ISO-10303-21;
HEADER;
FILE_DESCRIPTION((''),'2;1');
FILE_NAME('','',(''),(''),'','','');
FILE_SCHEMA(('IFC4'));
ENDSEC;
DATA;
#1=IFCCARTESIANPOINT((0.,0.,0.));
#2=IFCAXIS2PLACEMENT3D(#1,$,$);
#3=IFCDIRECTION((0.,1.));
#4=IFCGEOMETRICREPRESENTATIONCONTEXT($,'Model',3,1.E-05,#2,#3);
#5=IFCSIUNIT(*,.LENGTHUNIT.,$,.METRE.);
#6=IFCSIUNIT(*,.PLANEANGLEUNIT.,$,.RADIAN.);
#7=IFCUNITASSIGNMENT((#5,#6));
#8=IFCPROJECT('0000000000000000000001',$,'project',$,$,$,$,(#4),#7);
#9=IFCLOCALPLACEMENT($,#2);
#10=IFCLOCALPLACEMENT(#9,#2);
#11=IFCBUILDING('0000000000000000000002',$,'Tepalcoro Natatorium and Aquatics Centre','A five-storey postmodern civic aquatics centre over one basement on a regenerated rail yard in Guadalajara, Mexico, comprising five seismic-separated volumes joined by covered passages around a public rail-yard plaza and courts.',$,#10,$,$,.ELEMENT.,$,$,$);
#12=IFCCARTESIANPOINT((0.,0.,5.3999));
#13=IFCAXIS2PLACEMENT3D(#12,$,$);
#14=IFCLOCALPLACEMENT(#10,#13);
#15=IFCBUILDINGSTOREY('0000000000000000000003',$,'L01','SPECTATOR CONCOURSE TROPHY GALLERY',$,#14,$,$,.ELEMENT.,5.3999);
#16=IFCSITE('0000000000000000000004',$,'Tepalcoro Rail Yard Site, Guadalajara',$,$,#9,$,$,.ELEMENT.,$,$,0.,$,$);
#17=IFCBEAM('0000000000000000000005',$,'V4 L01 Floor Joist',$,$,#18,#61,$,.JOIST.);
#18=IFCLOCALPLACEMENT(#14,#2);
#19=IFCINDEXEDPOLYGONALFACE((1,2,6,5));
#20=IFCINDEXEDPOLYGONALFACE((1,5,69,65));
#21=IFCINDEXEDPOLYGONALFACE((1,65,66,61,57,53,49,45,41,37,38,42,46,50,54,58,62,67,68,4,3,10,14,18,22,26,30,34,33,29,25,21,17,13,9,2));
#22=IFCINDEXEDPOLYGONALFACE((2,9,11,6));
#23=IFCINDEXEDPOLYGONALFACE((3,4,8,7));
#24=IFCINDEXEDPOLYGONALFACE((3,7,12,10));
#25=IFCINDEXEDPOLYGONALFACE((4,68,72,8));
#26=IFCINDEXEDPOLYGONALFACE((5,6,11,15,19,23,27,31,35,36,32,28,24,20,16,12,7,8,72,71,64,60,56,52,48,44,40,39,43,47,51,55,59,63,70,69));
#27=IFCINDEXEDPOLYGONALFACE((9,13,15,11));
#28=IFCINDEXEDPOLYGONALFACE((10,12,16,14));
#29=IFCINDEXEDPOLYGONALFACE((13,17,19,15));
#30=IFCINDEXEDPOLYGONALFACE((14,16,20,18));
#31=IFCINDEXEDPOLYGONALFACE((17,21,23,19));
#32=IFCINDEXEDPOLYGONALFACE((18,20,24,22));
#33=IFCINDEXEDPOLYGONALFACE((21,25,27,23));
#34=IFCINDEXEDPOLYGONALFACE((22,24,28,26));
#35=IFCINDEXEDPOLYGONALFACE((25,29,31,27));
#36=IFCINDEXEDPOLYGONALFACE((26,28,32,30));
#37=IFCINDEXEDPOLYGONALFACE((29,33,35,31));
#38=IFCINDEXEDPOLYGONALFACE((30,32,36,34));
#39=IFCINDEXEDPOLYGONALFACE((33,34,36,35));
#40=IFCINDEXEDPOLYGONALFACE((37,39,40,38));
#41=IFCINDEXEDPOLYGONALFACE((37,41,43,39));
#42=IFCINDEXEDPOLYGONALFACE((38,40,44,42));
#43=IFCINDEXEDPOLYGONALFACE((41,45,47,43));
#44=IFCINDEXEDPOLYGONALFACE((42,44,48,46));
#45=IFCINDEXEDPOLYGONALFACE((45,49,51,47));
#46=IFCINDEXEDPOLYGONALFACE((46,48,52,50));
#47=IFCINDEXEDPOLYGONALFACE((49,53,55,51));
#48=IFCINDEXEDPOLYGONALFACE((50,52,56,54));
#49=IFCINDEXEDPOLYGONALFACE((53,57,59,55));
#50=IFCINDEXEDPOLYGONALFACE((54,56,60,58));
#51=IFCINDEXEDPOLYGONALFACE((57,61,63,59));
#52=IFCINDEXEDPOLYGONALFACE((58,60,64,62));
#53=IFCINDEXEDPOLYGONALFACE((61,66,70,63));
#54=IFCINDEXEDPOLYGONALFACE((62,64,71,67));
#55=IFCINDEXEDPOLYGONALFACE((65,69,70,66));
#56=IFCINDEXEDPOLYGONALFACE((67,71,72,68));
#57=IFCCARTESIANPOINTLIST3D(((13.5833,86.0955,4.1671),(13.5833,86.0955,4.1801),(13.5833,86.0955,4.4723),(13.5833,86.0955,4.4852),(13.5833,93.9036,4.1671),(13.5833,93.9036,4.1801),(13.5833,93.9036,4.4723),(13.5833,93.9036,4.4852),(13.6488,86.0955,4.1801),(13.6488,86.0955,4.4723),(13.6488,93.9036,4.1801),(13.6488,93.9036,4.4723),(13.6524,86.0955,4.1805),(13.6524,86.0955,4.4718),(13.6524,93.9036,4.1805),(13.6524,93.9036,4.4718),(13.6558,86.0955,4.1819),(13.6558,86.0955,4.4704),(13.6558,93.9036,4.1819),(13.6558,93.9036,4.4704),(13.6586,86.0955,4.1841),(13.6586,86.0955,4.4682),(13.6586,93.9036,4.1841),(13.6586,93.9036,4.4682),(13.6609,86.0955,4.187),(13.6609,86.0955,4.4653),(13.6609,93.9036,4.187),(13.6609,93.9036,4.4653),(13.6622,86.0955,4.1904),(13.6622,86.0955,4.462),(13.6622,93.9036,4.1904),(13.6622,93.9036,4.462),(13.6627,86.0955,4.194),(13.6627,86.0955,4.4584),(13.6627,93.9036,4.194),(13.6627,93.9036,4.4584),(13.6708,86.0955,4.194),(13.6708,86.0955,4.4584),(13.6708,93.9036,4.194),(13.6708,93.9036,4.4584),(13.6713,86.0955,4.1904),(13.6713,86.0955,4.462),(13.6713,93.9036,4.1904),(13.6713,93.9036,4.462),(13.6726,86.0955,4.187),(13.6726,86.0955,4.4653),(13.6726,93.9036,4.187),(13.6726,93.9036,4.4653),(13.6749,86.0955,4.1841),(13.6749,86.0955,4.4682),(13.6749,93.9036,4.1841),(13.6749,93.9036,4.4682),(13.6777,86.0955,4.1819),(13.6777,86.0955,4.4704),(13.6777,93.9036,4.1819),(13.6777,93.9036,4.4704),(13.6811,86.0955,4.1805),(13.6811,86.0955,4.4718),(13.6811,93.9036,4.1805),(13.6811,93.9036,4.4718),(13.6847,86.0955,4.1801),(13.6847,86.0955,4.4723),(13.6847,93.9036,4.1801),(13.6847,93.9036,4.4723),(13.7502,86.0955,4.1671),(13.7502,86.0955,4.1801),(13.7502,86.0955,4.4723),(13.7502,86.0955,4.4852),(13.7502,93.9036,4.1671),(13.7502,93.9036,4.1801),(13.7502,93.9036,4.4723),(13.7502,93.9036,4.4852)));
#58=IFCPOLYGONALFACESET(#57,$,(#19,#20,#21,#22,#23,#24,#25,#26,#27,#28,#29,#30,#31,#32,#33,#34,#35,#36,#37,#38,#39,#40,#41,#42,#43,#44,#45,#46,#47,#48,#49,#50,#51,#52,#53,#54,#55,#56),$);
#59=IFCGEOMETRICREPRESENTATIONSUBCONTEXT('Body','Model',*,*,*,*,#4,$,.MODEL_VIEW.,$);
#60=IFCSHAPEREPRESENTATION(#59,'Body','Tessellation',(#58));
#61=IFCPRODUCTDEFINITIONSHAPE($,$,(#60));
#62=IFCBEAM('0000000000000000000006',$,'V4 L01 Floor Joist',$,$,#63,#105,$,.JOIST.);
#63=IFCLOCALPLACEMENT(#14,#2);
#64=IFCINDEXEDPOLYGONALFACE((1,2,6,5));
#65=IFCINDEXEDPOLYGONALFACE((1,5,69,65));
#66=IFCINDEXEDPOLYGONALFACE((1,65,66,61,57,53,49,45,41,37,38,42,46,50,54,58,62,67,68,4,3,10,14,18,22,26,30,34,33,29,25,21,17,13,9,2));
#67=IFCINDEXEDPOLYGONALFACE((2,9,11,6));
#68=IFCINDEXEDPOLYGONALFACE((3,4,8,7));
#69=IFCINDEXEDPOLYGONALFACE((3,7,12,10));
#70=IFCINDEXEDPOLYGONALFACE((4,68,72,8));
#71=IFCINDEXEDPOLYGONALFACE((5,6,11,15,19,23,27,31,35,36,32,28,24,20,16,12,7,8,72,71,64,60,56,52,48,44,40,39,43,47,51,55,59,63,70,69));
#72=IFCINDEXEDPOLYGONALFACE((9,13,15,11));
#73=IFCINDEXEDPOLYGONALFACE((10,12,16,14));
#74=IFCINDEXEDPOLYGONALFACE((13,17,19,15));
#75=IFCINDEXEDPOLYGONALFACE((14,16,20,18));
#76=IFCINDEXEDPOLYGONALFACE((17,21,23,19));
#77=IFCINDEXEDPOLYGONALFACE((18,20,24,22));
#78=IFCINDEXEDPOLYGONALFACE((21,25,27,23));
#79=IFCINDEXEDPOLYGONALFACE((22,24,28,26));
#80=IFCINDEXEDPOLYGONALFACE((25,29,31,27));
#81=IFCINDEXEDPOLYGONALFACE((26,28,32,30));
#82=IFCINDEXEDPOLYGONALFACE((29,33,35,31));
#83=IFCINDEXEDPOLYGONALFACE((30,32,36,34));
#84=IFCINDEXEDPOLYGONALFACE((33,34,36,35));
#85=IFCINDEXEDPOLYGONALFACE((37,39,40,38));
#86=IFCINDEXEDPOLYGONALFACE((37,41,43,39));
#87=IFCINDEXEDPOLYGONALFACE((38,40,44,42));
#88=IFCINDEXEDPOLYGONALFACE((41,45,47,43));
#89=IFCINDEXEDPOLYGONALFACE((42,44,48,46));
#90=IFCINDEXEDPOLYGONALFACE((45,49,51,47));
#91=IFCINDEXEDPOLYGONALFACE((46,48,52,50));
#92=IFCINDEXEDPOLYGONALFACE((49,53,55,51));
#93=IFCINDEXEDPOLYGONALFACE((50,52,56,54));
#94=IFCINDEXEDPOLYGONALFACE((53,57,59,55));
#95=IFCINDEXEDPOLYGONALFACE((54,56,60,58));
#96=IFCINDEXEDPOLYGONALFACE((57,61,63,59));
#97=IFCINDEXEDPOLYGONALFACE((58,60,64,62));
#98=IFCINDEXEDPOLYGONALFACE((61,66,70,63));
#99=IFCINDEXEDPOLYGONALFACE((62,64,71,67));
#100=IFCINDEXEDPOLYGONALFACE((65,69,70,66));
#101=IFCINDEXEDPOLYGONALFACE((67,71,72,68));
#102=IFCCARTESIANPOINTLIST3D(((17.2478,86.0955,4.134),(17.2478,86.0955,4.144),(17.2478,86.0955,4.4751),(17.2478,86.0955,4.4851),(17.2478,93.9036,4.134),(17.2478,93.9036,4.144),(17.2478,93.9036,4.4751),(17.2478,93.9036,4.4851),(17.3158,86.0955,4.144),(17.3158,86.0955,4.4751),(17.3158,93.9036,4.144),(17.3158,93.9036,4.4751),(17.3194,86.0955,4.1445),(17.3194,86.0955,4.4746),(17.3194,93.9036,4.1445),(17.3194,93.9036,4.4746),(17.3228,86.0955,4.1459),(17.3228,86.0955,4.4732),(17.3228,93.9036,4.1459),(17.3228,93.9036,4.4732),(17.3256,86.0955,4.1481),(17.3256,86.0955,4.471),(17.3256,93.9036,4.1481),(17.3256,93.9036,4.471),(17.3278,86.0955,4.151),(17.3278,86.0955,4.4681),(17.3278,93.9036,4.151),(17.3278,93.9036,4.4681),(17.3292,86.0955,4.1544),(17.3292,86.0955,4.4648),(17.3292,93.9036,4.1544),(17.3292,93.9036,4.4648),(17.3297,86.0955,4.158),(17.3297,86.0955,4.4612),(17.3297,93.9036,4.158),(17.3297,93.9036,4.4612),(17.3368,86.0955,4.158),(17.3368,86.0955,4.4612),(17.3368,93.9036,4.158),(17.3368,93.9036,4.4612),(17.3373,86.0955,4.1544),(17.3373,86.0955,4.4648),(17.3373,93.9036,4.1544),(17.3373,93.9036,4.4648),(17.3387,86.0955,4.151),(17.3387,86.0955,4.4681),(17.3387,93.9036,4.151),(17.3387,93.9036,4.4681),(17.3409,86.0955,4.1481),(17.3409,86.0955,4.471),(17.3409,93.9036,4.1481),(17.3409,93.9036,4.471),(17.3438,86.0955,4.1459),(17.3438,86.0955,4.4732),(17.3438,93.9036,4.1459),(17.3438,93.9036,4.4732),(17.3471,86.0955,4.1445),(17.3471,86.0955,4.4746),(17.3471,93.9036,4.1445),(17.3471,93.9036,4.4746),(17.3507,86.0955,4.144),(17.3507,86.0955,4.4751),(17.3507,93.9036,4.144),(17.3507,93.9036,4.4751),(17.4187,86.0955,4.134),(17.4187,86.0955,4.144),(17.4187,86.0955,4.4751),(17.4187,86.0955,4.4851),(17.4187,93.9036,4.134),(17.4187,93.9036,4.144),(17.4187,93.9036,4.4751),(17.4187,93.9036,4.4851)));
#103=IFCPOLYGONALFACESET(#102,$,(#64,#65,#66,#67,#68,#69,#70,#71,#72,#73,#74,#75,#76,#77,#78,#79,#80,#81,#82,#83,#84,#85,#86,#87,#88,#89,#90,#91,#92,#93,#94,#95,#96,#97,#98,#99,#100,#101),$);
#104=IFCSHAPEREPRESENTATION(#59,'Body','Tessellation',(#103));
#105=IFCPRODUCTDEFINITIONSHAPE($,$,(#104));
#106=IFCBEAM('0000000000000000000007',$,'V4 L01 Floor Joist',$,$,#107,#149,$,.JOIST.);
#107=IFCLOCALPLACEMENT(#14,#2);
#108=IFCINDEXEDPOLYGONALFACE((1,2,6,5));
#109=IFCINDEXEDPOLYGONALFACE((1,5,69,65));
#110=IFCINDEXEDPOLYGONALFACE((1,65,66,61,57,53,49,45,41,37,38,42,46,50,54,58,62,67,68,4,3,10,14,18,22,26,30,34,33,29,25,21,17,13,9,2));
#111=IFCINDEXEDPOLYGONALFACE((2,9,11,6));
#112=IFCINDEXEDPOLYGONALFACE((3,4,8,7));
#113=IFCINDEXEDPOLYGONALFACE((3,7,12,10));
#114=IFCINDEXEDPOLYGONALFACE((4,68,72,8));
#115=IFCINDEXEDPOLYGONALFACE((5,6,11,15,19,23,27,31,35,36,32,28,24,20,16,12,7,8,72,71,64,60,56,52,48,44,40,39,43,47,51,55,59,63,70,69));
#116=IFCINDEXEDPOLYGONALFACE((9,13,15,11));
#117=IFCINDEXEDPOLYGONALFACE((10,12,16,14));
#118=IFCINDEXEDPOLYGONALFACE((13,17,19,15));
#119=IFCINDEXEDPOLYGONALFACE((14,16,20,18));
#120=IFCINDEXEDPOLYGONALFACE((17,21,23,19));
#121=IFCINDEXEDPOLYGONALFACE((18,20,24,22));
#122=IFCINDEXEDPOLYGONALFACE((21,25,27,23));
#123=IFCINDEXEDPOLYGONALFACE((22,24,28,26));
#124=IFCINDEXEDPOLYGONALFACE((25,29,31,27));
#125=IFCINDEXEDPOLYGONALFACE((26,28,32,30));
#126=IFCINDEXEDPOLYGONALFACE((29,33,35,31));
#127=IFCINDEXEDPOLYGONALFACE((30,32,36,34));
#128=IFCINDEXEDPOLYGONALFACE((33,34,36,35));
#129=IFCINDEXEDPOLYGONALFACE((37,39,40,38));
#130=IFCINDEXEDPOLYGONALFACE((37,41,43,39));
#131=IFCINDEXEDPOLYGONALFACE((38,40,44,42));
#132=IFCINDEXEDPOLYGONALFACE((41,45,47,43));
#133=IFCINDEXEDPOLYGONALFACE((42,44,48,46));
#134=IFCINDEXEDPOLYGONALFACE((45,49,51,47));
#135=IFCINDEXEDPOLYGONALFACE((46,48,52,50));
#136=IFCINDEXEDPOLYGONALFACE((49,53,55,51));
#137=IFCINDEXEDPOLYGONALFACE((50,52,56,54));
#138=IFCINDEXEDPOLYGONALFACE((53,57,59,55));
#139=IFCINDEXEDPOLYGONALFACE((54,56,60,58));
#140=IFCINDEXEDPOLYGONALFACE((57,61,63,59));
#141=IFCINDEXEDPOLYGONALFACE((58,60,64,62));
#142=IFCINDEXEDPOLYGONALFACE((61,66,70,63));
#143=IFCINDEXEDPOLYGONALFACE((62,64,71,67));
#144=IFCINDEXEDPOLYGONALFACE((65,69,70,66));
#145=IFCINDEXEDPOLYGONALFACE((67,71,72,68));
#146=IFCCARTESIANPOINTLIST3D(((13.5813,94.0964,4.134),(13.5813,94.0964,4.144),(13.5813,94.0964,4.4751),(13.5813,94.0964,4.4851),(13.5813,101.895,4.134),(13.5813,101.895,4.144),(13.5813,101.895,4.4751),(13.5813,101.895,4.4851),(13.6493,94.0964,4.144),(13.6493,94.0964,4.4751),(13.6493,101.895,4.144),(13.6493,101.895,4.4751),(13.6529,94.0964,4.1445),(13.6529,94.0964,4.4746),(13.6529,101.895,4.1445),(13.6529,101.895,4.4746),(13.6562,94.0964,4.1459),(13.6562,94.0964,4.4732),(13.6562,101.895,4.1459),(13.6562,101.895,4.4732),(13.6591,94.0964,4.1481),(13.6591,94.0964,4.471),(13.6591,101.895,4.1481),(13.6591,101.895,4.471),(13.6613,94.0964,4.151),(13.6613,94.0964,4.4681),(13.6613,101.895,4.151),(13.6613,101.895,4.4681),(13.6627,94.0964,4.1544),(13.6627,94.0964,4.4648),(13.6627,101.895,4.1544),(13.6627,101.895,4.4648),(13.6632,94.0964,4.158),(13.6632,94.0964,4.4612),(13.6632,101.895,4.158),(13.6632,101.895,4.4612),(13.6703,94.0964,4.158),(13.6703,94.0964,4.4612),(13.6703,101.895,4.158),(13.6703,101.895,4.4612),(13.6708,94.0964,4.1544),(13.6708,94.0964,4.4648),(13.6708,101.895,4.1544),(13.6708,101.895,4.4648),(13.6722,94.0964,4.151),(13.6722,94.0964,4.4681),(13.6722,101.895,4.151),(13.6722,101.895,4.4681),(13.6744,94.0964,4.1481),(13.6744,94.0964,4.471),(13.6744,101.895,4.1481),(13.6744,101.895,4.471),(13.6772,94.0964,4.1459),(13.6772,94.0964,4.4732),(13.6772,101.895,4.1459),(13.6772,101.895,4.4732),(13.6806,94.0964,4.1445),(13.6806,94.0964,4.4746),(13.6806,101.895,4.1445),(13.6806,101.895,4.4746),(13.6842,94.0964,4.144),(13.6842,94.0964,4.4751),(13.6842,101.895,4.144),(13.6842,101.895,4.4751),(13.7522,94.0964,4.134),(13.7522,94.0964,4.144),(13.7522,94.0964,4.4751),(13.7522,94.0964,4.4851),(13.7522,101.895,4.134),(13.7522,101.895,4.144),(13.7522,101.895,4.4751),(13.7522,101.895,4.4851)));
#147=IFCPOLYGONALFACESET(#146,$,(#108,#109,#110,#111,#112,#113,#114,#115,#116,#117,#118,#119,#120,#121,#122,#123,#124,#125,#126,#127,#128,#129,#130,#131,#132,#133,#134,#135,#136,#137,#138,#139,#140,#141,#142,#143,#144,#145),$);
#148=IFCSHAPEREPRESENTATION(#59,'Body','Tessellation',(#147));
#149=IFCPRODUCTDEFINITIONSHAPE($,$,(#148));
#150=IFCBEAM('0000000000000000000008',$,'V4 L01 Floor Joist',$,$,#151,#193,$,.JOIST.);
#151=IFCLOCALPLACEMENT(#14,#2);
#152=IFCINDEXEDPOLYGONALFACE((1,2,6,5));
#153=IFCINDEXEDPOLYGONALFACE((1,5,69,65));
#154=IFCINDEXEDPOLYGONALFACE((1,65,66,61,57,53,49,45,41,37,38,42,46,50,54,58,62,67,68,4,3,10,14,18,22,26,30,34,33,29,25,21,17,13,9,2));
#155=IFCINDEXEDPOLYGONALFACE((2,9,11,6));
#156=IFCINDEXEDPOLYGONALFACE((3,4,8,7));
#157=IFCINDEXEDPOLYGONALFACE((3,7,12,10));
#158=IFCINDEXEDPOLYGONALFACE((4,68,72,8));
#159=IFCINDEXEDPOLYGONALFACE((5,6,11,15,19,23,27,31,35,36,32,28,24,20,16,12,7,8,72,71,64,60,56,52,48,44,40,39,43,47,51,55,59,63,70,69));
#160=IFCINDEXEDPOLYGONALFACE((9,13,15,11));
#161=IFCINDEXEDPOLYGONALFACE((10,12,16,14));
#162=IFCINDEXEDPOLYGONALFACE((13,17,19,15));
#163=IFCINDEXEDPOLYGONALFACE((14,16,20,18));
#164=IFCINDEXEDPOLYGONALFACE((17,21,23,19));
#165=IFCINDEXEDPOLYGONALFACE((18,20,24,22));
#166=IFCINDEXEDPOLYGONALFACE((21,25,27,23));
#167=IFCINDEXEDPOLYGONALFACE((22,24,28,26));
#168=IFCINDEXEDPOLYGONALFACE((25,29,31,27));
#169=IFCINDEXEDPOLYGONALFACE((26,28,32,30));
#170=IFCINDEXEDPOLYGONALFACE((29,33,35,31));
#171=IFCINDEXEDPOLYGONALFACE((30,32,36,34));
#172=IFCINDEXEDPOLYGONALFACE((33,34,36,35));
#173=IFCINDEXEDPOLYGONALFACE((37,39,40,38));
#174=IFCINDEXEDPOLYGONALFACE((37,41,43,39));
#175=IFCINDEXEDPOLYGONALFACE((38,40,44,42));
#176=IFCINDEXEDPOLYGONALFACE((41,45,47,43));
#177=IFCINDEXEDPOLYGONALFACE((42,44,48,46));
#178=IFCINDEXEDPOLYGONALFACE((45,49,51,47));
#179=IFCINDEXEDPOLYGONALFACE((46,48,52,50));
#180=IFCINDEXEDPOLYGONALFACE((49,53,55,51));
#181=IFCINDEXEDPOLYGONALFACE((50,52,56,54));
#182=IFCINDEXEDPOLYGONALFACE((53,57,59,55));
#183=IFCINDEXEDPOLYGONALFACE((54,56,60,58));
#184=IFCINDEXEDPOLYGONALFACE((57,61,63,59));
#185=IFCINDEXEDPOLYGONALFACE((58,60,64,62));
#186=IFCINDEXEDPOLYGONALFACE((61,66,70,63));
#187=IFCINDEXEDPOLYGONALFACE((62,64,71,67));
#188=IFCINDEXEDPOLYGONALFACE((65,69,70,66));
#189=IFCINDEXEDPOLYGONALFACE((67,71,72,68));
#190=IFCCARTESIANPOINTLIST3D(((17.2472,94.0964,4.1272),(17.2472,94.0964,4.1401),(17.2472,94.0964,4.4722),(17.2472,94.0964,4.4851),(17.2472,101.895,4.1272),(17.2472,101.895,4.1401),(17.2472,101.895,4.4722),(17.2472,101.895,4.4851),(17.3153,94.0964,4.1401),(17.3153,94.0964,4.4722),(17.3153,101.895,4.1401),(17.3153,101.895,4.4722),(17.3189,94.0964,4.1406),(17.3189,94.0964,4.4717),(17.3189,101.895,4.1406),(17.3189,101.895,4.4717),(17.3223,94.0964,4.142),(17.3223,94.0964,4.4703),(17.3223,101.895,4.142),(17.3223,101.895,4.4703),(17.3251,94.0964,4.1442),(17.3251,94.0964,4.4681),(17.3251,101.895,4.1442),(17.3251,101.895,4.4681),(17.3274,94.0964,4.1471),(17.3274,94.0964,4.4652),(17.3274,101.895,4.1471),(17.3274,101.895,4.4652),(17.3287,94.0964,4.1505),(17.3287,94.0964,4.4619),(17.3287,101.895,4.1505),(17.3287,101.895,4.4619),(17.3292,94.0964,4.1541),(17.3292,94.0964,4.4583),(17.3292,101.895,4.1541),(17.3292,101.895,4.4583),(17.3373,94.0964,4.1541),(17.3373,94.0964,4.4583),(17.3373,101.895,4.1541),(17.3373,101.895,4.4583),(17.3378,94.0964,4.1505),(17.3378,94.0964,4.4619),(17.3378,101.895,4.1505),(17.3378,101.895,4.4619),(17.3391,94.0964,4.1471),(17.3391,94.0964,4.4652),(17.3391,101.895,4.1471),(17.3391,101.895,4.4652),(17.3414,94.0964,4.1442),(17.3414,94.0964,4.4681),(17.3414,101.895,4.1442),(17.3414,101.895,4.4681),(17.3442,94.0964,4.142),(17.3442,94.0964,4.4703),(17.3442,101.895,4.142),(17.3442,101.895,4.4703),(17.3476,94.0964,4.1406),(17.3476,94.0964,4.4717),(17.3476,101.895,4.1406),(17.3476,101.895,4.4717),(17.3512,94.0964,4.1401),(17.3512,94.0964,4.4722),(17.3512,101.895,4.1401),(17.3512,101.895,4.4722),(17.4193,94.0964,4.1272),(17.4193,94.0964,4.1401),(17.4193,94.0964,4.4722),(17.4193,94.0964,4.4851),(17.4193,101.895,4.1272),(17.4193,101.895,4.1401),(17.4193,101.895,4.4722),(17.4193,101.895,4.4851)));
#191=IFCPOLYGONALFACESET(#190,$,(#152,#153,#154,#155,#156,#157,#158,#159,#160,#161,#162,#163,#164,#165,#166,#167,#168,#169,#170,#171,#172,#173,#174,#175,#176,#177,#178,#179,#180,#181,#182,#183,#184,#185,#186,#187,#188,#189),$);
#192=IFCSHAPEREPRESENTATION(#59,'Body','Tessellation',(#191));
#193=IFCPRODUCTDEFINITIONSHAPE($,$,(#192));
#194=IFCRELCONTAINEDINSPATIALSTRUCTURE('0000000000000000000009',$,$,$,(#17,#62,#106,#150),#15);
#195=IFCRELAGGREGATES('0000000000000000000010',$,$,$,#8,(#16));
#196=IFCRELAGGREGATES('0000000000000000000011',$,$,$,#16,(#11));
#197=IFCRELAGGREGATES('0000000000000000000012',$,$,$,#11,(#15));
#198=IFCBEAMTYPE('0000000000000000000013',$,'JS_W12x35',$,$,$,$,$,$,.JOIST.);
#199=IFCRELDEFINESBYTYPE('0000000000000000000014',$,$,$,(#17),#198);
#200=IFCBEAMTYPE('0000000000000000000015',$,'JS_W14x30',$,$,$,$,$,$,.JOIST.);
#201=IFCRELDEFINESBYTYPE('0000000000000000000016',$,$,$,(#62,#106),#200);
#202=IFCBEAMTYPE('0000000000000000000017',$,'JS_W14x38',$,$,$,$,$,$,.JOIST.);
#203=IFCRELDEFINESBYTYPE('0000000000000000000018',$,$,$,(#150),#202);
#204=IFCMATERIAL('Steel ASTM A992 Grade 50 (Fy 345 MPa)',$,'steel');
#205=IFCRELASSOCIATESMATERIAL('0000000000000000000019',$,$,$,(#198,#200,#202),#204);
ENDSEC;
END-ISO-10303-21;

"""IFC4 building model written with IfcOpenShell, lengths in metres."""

from ifc_helpers import new_model, si_unit, direction, frame, origin, origin_2d, place, context, subcontext, project, spatial, i_section, extrude, material, material_profile, profile_set, type_object, element, save


model = new_model("IFC4")

# Units and contexts
model_context = context("Model", 3, precision=1e-05, world=origin(), true_north=direction((0.0, 1.0)))
body_context = subcontext(model_context, "Body", "Model", "MODEL_VIEW")
ifc_project = project(units=[si_unit("LENGTHUNIT", "METRE"), si_unit("PLANEANGLEUNIT", "RADIAN")], contexts=[model_context])

# Site, building, storey
site_placement = place(None, origin())
site = spatial("IfcSite", under=ifc_project, at=site_placement, Name="Tepalcoro Rail Yard Site, Guadalajara", CompositionType="ELEMENT", RefElevation=0.0)
building_placement = place(site_placement, origin())
building = spatial("IfcBuilding", under=site, at=building_placement, Name="Tepalcoro Natatorium and Aquatics Centre", Description="A five-storey postmodern civic aquatics centre over one basement on a regenerated rail yard in Guadalajara, Mexico, comprising five seismic-separated volumes joined by covered passages around a public rail-yard plaza and courts.", CompositionType="ELEMENT")
storey_placement = place(building_placement, frame((0.0, 0.0, 5.3999)))
storey = spatial("IfcBuildingStorey", under=building, at=storey_placement, Name="L01", Description="SPECTATOR CONCOURSE TROPHY GALLERY", CompositionType="ELEMENT", Elevation=5.3999)

# Beams
ifc_material_1 = material(Name="Steel ASTM A992 Grade 50 (Fy 345 MPa)", Category="steel")
ifc_material_profile_1 = material_profile(ifc_material_1, i_section(OverallWidth=0.167, OverallDepth=0.3181, WebThickness=0.0081, FlangeThickness=0.0129, FilletRadius=0.0139, at=origin_2d()), Name="W12X35")
ifc_profile_set_1 = profile_set([ifc_material_profile_1], Name="Steel ASTM A992 Grade 50 (Fy 345 MPa)")
beam_type_1 = type_object("IfcBeamType", Name="JS_W12x35", PredefinedType="JOIST", material=ifc_profile_set_1)
beam_1_placement = place(storey_placement, frame((13.6667, 86.0955, 4.3262), z_axis=(0.0, 1.0, 0.0), x_axis=(-1.0, 0.0, 0.0)))
element("IfcBeam", 1, at=beam_1_placement, inside=storey, type_object=beam_type_1, Name="V4 L01 Floor Joist", PredefinedType="JOIST", context=body_context, shape_type="SweptSolid", body=[
    extrude(i_section(OverallWidth=0.167, OverallDepth=0.3181, WebThickness=0.0081, FlangeThickness=0.0129, FilletRadius=0.0139, at=origin_2d()), origin(), (0.0, 0.0, 1.0), 7.8081),
])
ifc_material_profile_2 = material_profile(ifc_material_1, i_section(OverallWidth=0.1709, OverallDepth=0.3511, WebThickness=0.0071, FlangeThickness=0.01, FilletRadius=0.0139, at=origin_2d()), Name="W14X30")
ifc_profile_set_2 = profile_set([ifc_material_profile_2], Name="Steel ASTM A992 Grade 50 (Fy 345 MPa)")
beam_type_2 = type_object("IfcBeamType", Name="JS_W14x30", PredefinedType="JOIST", material=ifc_profile_set_2)
beam_2_placement = place(storey_placement, frame((17.3333, 86.0955, 4.3096), z_axis=(0.0, 1.0, 0.0), x_axis=(-1.0, 0.0, 0.0)))
element("IfcBeam", 2, at=beam_2_placement, inside=storey, type_object=beam_type_2, Name="V4 L01 Floor Joist", PredefinedType="JOIST", context=body_context, shape_type="SweptSolid", body=[
    extrude(i_section(OverallWidth=0.1709, OverallDepth=0.3511, WebThickness=0.0071, FlangeThickness=0.01, FilletRadius=0.0139, at=origin_2d()), origin(), (0.0, 0.0, 1.0), 7.8081),
])
beam_3_placement = place(storey_placement, frame((13.6667, 94.0964, 4.3096), z_axis=(0.0, 1.0, 0.0), x_axis=(-1.0, 0.0, 0.0)))
element("IfcBeam", 3, at=beam_3_placement, inside=storey, type_object=beam_type_2, Name="V4 L01 Floor Joist", PredefinedType="JOIST", context=body_context, shape_type="SweptSolid", body=[
    extrude(i_section(OverallWidth=0.1709, OverallDepth=0.3511, WebThickness=0.0071, FlangeThickness=0.01, FilletRadius=0.0139, at=origin_2d()), origin(), (0.0, 0.0, 1.0), 7.7986),
])
ifc_material_profile_3 = material_profile(ifc_material_1, i_section(OverallWidth=0.1721, OverallDepth=0.3579, WebThickness=0.0081, FlangeThickness=0.0129, FilletRadius=0.0139, at=origin_2d()), Name="W14X38")
ifc_profile_set_3 = profile_set([ifc_material_profile_3], Name="Steel ASTM A992 Grade 50 (Fy 345 MPa)")
beam_type_3 = type_object("IfcBeamType", Name="JS_W14x38", PredefinedType="JOIST", material=ifc_profile_set_3)
beam_4_placement = place(storey_placement, frame((17.3333, 94.0964, 4.3062), z_axis=(0.0, 1.0, 0.0), x_axis=(-1.0, 0.0, 0.0)))
element("IfcBeam", 4, at=beam_4_placement, inside=storey, type_object=beam_type_3, Name="V4 L01 Floor Joist", PredefinedType="JOIST", context=body_context, shape_type="SweptSolid", body=[
    extrude(i_section(OverallWidth=0.1721, OverallDepth=0.3579, WebThickness=0.0081, FlangeThickness=0.0129, FilletRadius=0.0139, at=origin_2d()), origin(), (0.0, 0.0, 1.0), 7.7986),
])

save(model, "model.ifc")
